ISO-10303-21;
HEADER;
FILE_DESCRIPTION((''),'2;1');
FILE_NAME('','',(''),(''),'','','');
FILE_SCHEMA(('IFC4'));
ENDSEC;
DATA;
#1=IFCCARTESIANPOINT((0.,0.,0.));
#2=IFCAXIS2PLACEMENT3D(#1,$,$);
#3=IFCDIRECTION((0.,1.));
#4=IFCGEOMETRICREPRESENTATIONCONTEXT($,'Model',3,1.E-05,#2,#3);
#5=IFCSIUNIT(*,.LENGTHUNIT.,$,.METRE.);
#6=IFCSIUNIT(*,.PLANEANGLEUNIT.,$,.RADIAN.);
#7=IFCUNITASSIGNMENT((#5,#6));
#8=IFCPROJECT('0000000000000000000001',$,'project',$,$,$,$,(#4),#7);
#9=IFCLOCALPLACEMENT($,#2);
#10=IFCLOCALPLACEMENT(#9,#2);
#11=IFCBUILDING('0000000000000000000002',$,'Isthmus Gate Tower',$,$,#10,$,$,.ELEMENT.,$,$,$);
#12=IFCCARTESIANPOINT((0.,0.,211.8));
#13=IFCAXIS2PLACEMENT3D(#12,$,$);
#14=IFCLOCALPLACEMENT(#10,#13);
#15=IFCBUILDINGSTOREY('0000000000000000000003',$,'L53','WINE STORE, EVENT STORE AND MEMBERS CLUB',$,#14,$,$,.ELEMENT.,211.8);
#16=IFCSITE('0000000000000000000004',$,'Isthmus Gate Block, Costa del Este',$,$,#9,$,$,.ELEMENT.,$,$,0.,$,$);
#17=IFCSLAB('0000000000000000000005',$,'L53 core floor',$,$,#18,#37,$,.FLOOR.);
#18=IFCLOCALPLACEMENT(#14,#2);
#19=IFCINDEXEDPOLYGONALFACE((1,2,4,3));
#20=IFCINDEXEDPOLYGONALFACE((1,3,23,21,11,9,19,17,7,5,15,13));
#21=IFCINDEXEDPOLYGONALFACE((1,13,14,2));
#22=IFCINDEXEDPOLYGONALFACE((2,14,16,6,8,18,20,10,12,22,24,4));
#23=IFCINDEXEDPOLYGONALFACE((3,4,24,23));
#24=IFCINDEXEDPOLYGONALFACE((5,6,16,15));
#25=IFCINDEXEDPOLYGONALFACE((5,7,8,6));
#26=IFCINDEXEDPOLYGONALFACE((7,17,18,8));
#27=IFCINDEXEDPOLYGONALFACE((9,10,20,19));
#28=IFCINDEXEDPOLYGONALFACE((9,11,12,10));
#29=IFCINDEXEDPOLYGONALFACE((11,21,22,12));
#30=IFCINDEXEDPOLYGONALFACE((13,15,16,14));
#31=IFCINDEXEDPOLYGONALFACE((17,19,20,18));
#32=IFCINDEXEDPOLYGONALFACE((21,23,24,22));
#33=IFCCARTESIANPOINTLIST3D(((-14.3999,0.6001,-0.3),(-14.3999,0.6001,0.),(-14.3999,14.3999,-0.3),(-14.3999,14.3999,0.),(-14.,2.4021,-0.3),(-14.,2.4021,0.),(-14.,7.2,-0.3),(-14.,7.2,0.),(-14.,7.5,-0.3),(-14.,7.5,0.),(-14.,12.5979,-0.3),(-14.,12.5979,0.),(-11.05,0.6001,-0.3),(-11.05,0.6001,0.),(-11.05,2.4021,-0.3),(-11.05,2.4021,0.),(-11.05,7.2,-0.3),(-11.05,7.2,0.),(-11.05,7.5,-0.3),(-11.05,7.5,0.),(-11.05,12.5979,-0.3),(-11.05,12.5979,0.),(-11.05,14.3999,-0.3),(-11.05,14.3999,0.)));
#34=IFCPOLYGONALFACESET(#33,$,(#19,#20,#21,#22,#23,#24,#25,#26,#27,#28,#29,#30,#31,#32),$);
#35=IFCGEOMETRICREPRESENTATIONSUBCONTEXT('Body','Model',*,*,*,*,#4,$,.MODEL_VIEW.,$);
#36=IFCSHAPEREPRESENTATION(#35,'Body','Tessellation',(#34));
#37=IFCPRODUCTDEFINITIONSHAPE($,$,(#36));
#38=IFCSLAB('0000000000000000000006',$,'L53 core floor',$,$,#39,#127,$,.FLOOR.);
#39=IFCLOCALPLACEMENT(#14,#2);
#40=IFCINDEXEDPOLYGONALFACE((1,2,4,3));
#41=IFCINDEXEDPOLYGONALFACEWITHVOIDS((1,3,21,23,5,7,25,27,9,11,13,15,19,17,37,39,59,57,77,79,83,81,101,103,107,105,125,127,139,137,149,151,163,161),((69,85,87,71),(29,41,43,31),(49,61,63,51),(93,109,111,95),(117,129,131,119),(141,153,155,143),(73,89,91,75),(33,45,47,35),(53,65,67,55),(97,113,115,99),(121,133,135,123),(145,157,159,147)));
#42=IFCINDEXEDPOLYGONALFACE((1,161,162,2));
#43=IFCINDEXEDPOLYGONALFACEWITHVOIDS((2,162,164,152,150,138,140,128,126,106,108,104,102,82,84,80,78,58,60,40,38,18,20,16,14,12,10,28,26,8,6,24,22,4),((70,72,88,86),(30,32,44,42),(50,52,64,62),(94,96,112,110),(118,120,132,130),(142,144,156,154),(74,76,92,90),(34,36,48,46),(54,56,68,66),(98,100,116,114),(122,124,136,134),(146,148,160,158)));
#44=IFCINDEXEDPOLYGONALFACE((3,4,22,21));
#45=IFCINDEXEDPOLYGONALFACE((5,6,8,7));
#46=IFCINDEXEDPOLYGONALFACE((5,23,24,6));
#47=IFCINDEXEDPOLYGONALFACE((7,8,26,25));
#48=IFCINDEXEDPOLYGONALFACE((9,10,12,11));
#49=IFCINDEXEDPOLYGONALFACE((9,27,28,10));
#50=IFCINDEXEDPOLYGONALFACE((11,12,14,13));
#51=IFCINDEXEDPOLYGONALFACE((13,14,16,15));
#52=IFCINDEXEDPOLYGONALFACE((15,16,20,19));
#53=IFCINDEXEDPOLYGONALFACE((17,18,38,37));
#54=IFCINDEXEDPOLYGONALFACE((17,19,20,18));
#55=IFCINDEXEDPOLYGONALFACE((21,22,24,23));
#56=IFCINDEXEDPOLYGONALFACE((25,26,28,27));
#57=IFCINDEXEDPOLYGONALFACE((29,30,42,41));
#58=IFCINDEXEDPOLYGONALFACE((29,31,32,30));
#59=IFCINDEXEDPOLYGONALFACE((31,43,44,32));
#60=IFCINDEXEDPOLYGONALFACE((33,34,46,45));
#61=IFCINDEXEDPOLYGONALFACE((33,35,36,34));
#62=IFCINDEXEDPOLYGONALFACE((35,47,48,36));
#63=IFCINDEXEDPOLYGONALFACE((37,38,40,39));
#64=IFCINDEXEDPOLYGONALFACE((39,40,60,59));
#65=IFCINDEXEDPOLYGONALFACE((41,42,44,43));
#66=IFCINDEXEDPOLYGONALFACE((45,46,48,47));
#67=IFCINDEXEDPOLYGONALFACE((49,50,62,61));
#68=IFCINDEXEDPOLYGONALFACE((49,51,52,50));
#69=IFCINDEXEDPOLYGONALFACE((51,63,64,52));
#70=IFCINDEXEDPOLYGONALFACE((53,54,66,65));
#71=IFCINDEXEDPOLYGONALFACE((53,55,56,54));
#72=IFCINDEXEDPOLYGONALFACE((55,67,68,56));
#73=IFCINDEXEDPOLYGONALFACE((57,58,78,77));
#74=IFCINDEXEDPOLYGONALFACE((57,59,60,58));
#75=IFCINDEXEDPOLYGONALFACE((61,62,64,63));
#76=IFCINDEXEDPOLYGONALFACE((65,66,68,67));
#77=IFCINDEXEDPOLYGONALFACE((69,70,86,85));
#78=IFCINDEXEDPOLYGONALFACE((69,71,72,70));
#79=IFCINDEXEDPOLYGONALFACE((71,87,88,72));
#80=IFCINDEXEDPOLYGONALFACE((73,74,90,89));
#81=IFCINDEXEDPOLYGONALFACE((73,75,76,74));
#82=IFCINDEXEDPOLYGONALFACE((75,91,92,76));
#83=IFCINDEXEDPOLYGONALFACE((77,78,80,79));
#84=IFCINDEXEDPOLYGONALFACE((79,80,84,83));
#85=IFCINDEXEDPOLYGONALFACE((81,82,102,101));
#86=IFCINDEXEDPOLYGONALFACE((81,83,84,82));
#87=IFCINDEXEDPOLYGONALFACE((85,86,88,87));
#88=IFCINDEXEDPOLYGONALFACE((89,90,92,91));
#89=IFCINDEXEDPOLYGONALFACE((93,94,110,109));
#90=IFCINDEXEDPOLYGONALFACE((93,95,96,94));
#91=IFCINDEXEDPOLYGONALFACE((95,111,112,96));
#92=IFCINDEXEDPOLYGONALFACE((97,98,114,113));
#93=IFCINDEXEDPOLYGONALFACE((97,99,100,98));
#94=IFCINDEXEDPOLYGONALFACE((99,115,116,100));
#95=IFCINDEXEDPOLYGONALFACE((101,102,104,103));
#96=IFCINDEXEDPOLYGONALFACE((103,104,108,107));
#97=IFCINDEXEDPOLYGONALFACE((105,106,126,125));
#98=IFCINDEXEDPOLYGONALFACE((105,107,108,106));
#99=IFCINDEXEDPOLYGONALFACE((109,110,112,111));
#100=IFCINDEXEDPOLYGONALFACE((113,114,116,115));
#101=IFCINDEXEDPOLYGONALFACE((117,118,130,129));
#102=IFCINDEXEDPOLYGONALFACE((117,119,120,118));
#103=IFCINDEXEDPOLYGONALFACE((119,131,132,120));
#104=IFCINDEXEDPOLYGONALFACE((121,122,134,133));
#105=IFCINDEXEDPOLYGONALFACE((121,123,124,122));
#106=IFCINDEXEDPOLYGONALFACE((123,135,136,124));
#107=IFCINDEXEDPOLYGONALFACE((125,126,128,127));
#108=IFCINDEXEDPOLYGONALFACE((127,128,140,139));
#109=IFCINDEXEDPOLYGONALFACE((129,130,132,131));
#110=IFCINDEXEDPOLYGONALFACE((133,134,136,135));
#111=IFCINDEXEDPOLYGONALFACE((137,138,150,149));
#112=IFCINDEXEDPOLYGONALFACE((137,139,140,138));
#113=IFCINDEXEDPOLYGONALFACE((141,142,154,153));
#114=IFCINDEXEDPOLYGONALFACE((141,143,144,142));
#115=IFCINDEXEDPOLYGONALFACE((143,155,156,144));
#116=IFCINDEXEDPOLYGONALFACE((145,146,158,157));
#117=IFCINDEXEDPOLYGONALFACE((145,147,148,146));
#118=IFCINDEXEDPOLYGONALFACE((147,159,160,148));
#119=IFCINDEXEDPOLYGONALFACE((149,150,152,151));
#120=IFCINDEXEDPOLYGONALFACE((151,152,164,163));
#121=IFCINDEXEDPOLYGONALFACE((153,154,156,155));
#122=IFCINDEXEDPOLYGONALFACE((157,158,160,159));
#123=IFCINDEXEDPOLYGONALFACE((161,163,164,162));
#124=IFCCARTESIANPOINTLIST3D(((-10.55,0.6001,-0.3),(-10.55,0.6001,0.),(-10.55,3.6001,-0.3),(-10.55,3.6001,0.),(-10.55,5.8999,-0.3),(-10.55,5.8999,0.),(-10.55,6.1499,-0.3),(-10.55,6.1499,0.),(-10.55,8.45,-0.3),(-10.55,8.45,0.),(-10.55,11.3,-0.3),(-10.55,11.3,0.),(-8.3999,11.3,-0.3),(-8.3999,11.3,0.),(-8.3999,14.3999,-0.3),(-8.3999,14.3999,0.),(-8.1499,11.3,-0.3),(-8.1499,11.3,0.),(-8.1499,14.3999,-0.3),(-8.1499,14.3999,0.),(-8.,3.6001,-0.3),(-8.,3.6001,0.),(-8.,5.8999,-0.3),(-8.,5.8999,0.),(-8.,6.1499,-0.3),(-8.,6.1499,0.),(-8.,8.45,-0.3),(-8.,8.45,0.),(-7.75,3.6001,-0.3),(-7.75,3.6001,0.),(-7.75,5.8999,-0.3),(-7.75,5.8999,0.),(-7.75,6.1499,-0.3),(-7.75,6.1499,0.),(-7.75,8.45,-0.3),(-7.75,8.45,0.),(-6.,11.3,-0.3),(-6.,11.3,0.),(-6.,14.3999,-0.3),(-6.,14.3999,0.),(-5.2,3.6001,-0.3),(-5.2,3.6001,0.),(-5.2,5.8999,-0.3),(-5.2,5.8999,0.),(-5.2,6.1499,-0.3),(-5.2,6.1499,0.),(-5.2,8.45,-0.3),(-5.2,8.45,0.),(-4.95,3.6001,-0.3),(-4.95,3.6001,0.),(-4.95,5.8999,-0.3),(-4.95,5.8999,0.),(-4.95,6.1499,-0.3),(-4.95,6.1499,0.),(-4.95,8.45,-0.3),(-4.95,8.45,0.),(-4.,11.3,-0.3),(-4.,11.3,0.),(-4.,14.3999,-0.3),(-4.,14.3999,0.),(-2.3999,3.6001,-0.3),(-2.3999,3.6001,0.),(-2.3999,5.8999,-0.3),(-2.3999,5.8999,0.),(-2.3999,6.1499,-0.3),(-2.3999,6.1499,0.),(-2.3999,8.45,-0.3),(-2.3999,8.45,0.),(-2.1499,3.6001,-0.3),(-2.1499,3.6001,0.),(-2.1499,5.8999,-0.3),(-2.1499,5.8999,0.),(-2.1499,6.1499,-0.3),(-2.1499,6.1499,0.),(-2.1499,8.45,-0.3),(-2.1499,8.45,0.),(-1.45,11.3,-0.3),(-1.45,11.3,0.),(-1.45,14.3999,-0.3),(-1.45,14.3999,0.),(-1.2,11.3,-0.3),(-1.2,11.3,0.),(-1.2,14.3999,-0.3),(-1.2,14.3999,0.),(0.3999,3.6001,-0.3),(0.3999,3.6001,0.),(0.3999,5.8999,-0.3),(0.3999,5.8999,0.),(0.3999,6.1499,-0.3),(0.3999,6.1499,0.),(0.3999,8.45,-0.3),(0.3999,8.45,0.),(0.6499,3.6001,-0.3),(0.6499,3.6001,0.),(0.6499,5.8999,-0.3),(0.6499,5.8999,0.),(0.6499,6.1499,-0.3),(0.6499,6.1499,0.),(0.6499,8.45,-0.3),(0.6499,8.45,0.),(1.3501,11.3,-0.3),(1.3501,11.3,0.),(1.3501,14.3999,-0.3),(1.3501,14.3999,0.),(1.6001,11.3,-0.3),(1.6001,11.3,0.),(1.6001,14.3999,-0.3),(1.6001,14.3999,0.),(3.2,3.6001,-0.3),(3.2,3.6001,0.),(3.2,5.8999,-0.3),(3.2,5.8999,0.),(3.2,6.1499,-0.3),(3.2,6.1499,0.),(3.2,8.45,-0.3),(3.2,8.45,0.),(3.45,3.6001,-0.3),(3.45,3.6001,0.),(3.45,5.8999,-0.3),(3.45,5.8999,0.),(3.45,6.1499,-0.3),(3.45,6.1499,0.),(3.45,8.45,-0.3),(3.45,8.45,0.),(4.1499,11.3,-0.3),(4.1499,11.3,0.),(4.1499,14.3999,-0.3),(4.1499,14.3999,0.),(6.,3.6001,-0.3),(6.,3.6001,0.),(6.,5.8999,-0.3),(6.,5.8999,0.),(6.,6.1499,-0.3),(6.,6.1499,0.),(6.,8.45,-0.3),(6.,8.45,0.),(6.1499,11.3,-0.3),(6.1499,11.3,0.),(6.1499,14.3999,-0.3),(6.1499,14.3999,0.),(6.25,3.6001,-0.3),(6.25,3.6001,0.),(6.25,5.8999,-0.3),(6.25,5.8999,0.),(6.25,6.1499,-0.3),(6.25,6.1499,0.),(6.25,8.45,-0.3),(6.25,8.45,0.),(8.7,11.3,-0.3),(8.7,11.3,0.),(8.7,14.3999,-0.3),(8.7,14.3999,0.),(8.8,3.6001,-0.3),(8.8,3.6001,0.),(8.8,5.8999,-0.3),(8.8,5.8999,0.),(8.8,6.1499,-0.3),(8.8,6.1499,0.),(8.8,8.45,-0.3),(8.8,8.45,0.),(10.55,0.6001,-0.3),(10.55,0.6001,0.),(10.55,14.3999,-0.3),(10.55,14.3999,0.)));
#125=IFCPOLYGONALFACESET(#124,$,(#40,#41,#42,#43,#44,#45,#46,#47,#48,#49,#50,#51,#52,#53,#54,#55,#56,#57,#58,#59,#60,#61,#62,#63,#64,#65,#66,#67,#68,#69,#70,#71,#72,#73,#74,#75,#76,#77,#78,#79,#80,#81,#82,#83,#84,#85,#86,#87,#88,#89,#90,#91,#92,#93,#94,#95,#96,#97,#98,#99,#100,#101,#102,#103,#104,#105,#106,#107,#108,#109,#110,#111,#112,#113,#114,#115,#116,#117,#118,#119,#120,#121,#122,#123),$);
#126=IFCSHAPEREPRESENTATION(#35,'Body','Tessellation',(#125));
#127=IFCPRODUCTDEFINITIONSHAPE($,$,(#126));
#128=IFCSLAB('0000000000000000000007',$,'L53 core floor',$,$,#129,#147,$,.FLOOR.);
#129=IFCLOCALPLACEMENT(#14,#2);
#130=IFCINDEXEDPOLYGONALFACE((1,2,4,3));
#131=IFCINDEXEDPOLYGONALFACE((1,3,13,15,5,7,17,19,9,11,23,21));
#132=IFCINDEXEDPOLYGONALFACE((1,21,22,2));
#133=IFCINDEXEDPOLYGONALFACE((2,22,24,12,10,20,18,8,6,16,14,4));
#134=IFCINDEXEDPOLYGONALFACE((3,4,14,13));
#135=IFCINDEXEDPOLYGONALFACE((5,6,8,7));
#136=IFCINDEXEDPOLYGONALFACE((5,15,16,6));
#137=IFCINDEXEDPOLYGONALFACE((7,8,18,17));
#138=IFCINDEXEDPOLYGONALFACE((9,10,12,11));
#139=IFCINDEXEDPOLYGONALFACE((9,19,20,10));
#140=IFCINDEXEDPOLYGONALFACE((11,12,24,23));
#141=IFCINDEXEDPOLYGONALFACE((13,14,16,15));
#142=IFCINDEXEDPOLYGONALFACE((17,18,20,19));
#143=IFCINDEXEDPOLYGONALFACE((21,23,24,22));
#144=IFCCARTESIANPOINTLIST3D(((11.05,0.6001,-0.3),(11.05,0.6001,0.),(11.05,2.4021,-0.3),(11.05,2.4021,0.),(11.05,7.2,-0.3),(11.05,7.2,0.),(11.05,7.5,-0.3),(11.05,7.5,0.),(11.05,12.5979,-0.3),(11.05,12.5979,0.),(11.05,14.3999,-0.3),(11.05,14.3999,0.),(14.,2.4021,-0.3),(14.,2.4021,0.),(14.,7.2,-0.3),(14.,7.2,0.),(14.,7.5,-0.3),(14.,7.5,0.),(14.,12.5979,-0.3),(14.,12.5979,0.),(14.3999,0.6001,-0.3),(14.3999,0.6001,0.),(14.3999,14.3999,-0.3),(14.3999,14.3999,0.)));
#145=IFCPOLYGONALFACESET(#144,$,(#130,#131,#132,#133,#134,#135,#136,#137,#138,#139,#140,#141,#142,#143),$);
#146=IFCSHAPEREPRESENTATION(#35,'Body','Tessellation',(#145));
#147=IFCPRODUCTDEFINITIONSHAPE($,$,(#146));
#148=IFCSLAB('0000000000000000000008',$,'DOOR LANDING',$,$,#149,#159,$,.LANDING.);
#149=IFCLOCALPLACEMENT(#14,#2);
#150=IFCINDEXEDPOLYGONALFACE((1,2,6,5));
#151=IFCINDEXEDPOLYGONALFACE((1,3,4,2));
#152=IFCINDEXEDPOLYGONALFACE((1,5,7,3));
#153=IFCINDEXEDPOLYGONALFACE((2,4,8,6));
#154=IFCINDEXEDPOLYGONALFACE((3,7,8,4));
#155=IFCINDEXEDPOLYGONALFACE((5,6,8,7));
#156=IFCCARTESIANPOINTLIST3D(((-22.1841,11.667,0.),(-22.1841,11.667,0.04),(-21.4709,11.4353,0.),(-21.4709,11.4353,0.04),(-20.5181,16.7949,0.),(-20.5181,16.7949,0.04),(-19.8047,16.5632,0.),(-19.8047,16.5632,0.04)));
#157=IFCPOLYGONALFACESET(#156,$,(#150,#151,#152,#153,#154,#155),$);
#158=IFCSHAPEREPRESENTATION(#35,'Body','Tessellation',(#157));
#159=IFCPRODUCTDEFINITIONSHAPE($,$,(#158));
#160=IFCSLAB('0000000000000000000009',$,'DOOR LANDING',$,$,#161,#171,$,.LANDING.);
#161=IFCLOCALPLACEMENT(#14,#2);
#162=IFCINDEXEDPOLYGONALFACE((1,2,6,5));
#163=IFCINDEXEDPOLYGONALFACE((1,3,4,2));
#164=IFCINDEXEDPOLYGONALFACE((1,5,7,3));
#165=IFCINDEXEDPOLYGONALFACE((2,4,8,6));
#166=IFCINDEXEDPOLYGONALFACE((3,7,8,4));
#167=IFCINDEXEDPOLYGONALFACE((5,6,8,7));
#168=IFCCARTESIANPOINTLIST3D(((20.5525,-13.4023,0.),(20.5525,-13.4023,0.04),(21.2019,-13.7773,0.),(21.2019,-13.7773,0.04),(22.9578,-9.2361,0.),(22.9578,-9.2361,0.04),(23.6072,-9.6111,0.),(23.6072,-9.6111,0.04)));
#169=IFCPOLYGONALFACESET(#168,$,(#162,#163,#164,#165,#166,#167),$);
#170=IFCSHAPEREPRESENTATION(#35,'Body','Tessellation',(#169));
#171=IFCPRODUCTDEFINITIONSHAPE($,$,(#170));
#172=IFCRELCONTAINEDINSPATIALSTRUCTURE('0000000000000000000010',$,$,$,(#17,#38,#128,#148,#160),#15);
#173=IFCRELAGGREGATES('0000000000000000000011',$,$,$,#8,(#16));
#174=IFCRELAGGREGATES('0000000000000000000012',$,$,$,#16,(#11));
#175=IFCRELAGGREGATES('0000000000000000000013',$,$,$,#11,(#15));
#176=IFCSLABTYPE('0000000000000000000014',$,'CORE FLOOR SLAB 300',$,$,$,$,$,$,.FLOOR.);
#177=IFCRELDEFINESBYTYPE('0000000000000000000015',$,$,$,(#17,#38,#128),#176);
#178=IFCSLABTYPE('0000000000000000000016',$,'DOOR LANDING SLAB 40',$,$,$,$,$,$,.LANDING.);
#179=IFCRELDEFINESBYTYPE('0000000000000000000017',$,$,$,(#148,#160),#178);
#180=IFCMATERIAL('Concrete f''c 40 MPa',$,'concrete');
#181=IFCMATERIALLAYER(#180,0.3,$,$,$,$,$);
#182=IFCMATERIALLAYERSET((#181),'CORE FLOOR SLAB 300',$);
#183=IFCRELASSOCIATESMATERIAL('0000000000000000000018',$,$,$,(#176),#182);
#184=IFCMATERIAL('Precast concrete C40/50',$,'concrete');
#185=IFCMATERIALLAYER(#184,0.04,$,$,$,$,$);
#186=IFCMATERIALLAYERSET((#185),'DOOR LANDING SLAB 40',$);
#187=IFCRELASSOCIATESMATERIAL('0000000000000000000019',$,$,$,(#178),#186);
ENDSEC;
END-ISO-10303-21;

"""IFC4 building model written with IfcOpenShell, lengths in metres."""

from ifc_helpers import new_model, si_unit, direction, frame, origin, place, context, subcontext, project, spatial, polyline, outline, extrude, material, layer, layer_set, type_object, element, save


model = new_model("IFC4")

# Units and contexts
model_context = context("Model", 3, precision=1e-05, world=origin(), true_north=direction((0.0, 1.0)))
body_context = subcontext(model_context, "Body", "Model", "MODEL_VIEW")
ifc_project = project(units=[si_unit("LENGTHUNIT", "METRE"), si_unit("PLANEANGLEUNIT", "RADIAN")], contexts=[model_context])

# Site, building, storey
site_placement = place(None, origin())
site = spatial("IfcSite", under=ifc_project, at=site_placement, Name="Isthmus Gate Block, Costa del Este", CompositionType="ELEMENT", RefElevation=0.0)
building_placement = place(site_placement, origin())
building = spatial("IfcBuilding", under=site, at=building_placement, Name="Isthmus Gate Tower", CompositionType="ELEMENT")
storey_placement = place(building_placement, frame((0.0, 0.0, 211.8)))
storey = spatial("IfcBuildingStorey", under=building, at=storey_placement, Name="L53", Description="WINE STORE, EVENT STORE AND MEMBERS CLUB", CompositionType="ELEMENT", Elevation=211.8)

# Slabs
ifc_material_1 = material(Name="Concrete f'c 40 MPa", Category="concrete")
ifc_layer_1 = layer(ifc_material_1, 0.3)
ifc_layer_set_1 = layer_set([ifc_layer_1], Name="CORE FLOOR SLAB 300")
slab_type_1 = type_object("IfcSlabType", Name="CORE FLOOR SLAB 300", PredefinedType="FLOOR", material=ifc_layer_set_1)
slab_1_placement = place(storey_placement, frame((0.0, 0.0, -0.3)))
element("IfcSlab", 1, at=slab_1_placement, inside=storey, type_object=slab_type_1, Name="L53 core floor", PredefinedType="FLOOR", context=body_context, shape_type="SweptSolid", body=[
    extrude(outline(polyline([(-11.05, 0.6001), (-11.05, 2.4021), (-14.0, 2.4021), (-14.0, 7.2), (-11.05, 7.2), (-11.05, 7.5), (-14.0, 7.5), (-14.0, 12.5979), (-11.05, 12.5979), (-11.05, 14.3999), (-14.3999, 14.3999), (-14.3999, 0.6001), (-11.05, 0.6001)])), origin(), (0.0, 0.0, 1.0), 0.3),
])
slab_2_placement = place(storey_placement, frame((0.0, 0.0, -0.3)))
element("IfcSlab", 2, at=slab_2_placement, inside=storey, type_object=slab_type_1, Name="L53 core floor", PredefinedType="FLOOR", context=body_context, shape_type="SweptSolid", body=[
    extrude(outline(polyline([(10.55, 14.3999), (8.7, 14.3999), (8.7, 11.3), (6.1499, 11.3), (6.1499, 14.3999), (4.1499, 14.3999), (4.1499, 11.3), (1.6001, 11.3), (1.6001, 14.3999), (1.3501, 14.3999), (1.3501, 11.3), (-1.2, 11.3), (-1.2, 14.3999), (-1.45, 14.3999), (-1.45, 11.3), (-4.0, 11.3), (-4.0, 14.3999), (-6.0, 14.3999), (-6.0, 11.3), (-8.1499, 11.3), (-8.1499, 14.3999), (-8.3999, 14.3999), (-8.3999, 11.3), (-10.55, 11.3), (-10.55, 8.45), (-8.0, 8.45), (-8.0, 6.1499), (-10.55, 6.1499), (-10.55, 5.8999), (-8.0, 5.8999), (-8.0, 3.6001), (-10.55, 3.6001), (-10.55, 0.6001), (10.55, 0.6001), (10.55, 14.3999)]), holes=[polyline([(-5.2, 3.6001), (-7.75, 3.6001), (-7.75, 5.8999), (-5.2, 5.8999), (-5.2, 3.6001)]), polyline([(-2.3999, 3.6001), (-4.95, 3.6001), (-4.95, 5.8999), (-2.3999, 5.8999), (-2.3999, 3.6001)]), polyline([(-5.2, 6.1499), (-7.75, 6.1499), (-7.75, 8.45), (-5.2, 8.45), (-5.2, 6.1499)]), polyline([(-2.3999, 8.45), (-2.3999, 6.1499), (-4.95, 6.1499), (-4.95, 8.45), (-2.3999, 8.45)]), polyline([(0.3999, 6.1499), (-2.1499, 6.1499), (-2.1499, 8.45), (0.3999, 8.45), (0.3999, 6.1499)]), polyline([(0.3999, 5.8999), (0.3999, 3.6001), (-2.1499, 3.6001), (-2.1499, 5.8999), (0.3999, 5.8999)]), polyline([(3.2, 3.6001), (0.6499, 3.6001), (0.6499, 5.8999), (3.2, 5.8999), (3.2, 3.6001)]), polyline([(6.0, 3.6001), (3.45, 3.6001), (3.45, 5.8999), (6.0, 5.8999), (6.0, 3.6001)]), polyline([(8.8, 5.8999), (8.8, 3.6001), (6.25, 3.6001), (6.25, 5.8999), (8.8, 5.8999)]), polyline([(3.2, 6.1499), (0.6499, 6.1499), (0.6499, 8.45), (3.2, 8.45), (3.2, 6.1499)]), polyline([(6.0, 8.45), (6.0, 6.1499), (3.45, 6.1499), (3.45, 8.45), (6.0, 8.45)]), polyline([(8.8, 6.1499), (6.25, 6.1499), (6.25, 8.45), (8.8, 8.45), (8.8, 6.1499)])]), origin(), (0.0, 0.0, 1.0), 0.3),
])
slab_3_placement = place(storey_placement, frame((0.0, 0.0, -0.3)))
element("IfcSlab", 3, at=slab_3_placement, inside=storey, type_object=slab_type_1, Name="L53 core floor", PredefinedType="FLOOR", context=body_context, shape_type="SweptSolid", body=[
    extrude(outline(polyline([(11.05, 14.3999), (11.05, 12.5979), (14.0, 12.5979), (14.0, 7.5), (11.05, 7.5), (11.05, 7.2), (14.0, 7.2), (14.0, 2.4021), (11.05, 2.4021), (11.05, 0.6001), (14.3999, 0.6001), (14.3999, 14.3999), (11.05, 14.3999)])), origin(), (0.0, 0.0, 1.0), 0.3),
])
ifc_material_2 = material(Name="Precast concrete C40/50", Category="concrete")
ifc_layer_2 = layer(ifc_material_2, 0.04)
ifc_layer_set_2 = layer_set([ifc_layer_2], Name="DOOR LANDING SLAB 40")
slab_type_2 = type_object("IfcSlabType", Name="DOOR LANDING SLAB 40", PredefinedType="LANDING", material=ifc_layer_set_2)
slab_4_placement = place(storey_placement, origin())
element("IfcSlab", 4, at=slab_4_placement, inside=storey, type_object=slab_type_2, Name="DOOR LANDING", PredefinedType="LANDING", context=body_context, shape_type="SweptSolid", body=[
    extrude(outline(polyline([(-20.5181, 16.7949), (-22.1841, 11.667), (-21.4709, 11.4353), (-19.8047, 16.5632), (-20.5181, 16.7949)])), origin(), (0.0, 0.0, 1.0), 0.04),
])
slab_5_placement = place(storey_placement, origin())
element("IfcSlab", 5, at=slab_5_placement, inside=storey, type_object=slab_type_2, Name="DOOR LANDING", PredefinedType="LANDING", context=body_context, shape_type="SweptSolid", body=[
    extrude(outline(polyline([(21.2019, -13.7773), (23.6072, -9.6111), (22.9578, -9.2361), (20.5525, -13.4023), (21.2019, -13.7773)])), origin(), (0.0, 0.0, 1.0), 0.04),
])

save(model, "model.ifc")
